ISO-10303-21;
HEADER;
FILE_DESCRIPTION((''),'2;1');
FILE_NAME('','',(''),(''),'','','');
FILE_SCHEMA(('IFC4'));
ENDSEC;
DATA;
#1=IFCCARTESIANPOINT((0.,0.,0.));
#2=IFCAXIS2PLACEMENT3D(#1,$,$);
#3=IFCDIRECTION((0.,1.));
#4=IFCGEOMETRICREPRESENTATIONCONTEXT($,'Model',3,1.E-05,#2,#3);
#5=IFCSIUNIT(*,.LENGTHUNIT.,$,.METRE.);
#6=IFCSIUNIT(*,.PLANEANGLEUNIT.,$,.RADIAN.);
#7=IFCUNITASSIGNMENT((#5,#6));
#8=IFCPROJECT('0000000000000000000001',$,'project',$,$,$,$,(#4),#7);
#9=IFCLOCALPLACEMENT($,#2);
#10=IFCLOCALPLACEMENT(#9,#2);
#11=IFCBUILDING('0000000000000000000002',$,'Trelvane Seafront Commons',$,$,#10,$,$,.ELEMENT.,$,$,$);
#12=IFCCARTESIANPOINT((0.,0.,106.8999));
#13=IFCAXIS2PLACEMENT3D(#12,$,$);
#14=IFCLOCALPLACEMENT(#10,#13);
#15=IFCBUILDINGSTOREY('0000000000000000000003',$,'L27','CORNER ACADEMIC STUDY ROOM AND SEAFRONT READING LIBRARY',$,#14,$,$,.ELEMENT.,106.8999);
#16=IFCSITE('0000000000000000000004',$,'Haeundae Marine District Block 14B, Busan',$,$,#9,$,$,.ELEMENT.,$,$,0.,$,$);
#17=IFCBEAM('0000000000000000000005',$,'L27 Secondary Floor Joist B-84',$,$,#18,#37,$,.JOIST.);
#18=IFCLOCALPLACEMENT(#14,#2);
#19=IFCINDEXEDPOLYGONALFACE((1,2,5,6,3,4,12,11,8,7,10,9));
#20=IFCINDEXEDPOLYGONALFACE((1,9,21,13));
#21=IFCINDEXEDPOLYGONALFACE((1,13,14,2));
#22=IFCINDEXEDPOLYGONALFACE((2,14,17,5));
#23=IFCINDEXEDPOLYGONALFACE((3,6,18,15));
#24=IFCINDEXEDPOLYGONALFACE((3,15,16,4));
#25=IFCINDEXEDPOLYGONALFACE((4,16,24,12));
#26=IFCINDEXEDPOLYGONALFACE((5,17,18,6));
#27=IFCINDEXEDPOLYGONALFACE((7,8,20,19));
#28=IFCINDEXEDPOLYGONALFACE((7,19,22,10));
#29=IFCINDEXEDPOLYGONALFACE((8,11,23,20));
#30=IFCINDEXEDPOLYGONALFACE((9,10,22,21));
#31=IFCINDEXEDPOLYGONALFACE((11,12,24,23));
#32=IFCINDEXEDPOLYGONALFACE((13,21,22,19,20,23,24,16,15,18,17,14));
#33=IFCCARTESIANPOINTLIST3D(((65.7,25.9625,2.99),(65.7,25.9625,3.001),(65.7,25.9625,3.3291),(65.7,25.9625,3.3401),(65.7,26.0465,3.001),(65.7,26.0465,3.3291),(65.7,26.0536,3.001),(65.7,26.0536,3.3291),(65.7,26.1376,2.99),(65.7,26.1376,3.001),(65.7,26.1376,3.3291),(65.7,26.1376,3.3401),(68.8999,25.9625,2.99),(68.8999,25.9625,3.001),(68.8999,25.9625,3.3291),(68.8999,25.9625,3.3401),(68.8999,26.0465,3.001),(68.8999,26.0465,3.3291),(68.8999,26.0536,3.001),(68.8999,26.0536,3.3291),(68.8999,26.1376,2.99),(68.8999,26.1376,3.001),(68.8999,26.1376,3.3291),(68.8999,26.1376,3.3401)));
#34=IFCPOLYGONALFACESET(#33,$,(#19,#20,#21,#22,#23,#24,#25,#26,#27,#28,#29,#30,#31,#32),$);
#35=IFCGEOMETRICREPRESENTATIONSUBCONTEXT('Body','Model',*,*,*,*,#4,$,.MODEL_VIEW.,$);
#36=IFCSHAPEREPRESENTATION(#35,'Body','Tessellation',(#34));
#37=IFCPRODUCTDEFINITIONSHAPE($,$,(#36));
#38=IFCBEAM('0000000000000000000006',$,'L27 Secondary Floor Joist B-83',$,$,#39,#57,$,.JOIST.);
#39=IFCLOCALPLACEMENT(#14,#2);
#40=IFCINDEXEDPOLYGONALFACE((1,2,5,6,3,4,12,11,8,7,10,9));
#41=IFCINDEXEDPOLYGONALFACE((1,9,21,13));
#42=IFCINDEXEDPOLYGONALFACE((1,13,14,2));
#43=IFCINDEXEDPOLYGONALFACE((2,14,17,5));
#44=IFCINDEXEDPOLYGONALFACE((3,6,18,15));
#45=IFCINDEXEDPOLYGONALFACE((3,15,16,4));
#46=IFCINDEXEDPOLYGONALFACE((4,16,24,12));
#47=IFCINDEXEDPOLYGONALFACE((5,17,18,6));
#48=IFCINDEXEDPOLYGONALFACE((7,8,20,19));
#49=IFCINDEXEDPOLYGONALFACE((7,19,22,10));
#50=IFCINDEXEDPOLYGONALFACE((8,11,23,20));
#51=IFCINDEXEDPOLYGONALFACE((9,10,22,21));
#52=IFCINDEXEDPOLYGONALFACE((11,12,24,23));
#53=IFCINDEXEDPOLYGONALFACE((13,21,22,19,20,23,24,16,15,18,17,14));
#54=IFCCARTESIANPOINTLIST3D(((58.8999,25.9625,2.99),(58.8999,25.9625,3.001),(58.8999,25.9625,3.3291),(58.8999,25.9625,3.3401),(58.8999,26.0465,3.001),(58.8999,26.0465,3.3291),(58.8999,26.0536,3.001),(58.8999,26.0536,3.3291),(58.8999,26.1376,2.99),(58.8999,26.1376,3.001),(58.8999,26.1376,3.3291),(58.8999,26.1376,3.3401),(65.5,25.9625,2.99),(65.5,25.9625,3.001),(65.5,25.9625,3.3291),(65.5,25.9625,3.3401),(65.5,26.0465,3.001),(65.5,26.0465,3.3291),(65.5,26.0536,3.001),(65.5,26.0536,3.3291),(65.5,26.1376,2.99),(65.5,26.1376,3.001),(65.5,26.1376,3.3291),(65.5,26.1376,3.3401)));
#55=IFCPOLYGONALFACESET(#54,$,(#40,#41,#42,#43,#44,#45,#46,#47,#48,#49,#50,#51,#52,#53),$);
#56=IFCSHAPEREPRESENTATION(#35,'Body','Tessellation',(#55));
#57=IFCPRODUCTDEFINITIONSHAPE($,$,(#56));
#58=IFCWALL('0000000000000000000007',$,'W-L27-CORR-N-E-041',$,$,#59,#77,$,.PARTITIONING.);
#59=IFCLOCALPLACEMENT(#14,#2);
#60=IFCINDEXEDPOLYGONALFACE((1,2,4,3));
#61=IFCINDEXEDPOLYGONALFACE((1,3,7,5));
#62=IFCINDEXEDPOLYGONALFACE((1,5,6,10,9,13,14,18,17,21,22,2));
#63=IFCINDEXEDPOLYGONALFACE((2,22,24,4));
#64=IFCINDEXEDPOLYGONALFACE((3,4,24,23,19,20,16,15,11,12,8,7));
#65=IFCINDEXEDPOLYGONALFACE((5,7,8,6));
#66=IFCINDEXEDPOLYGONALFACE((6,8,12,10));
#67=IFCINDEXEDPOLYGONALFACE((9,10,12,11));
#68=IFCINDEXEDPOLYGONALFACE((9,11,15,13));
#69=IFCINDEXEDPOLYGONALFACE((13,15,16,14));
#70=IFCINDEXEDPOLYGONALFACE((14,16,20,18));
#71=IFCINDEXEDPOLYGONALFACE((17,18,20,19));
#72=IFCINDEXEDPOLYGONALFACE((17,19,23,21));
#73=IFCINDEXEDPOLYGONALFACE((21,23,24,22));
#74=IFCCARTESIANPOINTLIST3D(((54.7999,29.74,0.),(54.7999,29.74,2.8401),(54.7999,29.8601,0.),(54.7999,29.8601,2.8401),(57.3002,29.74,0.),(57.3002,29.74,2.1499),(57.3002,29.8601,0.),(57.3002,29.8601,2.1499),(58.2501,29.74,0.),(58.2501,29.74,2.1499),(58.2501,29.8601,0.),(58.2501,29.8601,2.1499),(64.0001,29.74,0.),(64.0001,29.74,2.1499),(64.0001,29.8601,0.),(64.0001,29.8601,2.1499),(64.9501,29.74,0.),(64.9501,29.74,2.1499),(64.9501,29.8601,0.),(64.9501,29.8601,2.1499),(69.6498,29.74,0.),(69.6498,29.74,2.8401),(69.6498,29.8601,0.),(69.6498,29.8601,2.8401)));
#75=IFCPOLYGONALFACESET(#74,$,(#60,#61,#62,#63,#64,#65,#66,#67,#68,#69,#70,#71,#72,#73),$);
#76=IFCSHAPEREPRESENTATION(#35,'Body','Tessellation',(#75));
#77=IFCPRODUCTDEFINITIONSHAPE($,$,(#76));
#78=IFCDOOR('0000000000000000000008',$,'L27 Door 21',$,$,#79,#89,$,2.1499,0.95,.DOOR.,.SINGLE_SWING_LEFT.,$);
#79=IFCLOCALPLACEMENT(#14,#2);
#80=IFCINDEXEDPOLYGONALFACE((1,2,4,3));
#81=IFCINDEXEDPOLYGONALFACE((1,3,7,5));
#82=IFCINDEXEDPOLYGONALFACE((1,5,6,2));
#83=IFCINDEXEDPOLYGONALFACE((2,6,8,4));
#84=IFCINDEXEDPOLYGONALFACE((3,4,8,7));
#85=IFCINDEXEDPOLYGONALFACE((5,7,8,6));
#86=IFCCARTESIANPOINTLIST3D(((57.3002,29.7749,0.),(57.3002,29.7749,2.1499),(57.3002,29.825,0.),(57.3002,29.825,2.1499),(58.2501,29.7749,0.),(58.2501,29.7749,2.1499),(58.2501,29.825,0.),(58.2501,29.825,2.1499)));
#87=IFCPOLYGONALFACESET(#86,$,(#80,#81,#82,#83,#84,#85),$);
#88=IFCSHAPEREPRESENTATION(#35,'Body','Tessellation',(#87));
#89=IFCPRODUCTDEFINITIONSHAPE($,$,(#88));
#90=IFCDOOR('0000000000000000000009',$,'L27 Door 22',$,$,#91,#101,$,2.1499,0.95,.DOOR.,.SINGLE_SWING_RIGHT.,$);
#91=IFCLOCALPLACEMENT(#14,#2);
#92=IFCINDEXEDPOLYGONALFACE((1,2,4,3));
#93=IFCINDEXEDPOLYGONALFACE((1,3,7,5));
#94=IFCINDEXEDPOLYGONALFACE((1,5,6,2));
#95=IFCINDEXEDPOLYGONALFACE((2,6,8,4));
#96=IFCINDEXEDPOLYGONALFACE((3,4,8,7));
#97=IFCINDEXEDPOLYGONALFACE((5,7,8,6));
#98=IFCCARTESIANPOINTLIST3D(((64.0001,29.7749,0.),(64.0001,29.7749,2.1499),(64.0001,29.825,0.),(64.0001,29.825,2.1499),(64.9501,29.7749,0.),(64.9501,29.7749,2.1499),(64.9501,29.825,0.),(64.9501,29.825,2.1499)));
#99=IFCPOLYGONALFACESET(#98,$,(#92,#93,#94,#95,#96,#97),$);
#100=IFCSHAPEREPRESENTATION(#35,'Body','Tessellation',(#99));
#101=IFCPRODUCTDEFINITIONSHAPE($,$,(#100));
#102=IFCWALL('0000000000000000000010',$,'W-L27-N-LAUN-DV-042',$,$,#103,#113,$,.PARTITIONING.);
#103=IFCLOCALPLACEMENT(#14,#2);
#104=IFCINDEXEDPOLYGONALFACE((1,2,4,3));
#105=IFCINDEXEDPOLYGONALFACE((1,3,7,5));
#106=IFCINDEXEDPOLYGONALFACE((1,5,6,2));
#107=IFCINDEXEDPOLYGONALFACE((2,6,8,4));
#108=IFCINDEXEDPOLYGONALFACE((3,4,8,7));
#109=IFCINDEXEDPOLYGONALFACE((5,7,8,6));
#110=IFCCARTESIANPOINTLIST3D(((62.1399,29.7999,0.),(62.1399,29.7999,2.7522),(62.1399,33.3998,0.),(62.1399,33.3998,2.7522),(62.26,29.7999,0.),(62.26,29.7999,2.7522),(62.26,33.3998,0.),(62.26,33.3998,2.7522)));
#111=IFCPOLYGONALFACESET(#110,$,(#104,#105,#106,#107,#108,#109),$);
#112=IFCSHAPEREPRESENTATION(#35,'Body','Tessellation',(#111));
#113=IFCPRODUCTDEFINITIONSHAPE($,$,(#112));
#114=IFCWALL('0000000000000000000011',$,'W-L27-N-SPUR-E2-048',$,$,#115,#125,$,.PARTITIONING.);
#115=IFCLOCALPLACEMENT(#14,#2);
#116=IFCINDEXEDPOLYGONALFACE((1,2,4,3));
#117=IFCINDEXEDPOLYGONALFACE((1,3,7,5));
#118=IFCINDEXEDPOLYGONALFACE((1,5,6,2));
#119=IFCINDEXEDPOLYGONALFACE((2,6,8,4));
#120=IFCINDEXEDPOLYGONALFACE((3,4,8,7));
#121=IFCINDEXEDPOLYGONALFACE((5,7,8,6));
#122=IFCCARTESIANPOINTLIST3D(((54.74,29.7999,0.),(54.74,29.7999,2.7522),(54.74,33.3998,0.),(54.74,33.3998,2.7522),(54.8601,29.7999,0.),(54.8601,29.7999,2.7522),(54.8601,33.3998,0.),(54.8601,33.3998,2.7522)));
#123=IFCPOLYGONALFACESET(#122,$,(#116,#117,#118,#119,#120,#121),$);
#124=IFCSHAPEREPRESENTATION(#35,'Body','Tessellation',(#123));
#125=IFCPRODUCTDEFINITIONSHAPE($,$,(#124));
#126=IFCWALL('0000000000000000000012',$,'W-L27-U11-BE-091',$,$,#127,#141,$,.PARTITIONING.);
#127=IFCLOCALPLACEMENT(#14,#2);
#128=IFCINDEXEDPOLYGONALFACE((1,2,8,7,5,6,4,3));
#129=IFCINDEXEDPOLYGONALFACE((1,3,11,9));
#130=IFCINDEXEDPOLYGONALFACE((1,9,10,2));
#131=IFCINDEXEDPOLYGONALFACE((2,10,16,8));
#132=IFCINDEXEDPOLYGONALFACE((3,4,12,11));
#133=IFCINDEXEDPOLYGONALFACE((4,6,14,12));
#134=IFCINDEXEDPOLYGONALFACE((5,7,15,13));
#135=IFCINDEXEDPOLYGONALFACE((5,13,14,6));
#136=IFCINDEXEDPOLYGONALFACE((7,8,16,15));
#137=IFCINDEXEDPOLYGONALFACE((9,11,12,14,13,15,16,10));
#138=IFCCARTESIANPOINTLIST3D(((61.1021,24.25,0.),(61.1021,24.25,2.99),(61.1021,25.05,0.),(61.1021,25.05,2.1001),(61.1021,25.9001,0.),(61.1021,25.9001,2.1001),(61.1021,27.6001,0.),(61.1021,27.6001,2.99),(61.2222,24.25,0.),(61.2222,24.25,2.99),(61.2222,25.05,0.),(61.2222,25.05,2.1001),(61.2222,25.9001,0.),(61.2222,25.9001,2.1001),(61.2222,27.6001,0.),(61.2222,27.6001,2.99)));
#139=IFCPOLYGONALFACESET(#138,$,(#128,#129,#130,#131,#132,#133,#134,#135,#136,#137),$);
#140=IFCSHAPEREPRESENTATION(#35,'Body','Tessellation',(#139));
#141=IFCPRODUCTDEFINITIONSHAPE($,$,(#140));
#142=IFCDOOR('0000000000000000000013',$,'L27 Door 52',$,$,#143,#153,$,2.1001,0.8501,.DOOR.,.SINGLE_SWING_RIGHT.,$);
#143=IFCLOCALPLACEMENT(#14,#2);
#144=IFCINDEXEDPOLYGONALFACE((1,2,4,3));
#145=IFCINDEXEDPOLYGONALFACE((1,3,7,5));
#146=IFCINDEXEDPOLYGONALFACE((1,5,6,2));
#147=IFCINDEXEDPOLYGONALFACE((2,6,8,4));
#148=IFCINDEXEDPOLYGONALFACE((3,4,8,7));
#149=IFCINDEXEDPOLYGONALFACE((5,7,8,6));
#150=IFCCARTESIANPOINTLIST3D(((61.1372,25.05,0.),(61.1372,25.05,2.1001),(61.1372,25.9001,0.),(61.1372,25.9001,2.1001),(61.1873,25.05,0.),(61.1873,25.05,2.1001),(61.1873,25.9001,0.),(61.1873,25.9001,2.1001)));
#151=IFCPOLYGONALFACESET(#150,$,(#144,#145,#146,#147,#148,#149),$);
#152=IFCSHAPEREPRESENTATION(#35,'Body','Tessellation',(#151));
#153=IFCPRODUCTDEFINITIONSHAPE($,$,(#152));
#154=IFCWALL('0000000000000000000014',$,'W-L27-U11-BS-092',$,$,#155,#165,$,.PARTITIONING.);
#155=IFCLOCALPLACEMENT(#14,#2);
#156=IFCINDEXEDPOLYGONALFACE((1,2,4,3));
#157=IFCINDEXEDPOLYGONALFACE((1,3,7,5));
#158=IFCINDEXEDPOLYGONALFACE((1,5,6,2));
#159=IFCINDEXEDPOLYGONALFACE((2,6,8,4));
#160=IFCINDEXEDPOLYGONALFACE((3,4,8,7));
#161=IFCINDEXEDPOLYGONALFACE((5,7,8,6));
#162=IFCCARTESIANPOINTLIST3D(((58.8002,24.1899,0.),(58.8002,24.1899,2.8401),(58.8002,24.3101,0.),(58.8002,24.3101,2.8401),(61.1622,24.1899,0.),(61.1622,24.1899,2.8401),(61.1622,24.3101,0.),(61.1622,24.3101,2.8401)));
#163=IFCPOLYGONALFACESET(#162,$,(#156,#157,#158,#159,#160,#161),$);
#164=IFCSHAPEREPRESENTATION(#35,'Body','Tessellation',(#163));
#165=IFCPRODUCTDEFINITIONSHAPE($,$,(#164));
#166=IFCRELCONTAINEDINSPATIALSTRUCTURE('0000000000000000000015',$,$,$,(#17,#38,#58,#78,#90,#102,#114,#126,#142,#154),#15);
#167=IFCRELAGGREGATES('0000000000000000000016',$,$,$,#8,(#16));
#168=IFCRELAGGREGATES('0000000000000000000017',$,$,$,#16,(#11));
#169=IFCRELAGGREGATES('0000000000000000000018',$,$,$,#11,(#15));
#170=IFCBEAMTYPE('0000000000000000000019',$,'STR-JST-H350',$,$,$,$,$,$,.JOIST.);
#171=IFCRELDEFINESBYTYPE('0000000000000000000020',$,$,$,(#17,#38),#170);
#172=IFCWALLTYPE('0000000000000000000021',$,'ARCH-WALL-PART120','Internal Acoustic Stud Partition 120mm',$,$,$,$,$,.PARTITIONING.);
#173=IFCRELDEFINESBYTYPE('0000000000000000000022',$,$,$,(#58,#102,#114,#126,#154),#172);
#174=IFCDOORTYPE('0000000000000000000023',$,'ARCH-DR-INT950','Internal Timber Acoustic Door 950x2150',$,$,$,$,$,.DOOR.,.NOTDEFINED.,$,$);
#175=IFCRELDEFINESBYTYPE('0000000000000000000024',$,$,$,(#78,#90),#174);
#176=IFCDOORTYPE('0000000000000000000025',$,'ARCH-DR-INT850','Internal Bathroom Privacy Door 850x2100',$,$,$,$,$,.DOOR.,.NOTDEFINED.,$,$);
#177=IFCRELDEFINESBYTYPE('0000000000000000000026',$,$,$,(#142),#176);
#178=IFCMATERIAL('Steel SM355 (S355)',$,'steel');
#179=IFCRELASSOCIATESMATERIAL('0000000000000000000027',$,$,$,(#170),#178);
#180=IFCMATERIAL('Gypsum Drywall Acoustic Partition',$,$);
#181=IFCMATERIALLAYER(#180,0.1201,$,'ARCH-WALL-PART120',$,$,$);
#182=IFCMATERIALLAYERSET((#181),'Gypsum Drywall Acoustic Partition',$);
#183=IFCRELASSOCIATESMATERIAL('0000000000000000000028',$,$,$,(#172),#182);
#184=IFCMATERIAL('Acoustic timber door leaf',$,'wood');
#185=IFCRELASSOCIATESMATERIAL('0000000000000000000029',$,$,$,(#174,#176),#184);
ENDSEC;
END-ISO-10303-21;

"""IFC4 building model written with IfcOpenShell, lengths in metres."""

from ifc_helpers import new_model, si_unit, direction, frame, frame_2d, origin, origin_2d, place, context, subcontext, project, spatial, rectangle, i_section, extrude, source, transform, mapped, material, layer, layer_set, material_profile, profile_set, type_object, element, fill, save


model = new_model("IFC4")

# Units and contexts
model_context = context("Model", 3, precision=1e-05, world=origin(), true_north=direction((0.0, 1.0)))
body_context = subcontext(model_context, "Body", "Model", "MODEL_VIEW")
ifc_project = project(units=[si_unit("LENGTHUNIT", "METRE"), si_unit("PLANEANGLEUNIT", "RADIAN")], contexts=[model_context])

# Site, building, storey
site_placement = place(None, origin())
site = spatial("IfcSite", under=ifc_project, at=site_placement, Name="Haeundae Marine District Block 14B, Busan", CompositionType="ELEMENT", RefElevation=0.0)
building_placement = place(site_placement, origin())
building = spatial("IfcBuilding", under=site, at=building_placement, Name="Trelvane Seafront Commons", CompositionType="ELEMENT")
storey_placement = place(building_placement, frame((0.0, 0.0, 106.8999)))
storey = spatial("IfcBuildingStorey", under=building, at=storey_placement, Name="L27", Description="CORNER ACADEMIC STUDY ROOM AND SEAFRONT READING LIBRARY", CompositionType="ELEMENT", Elevation=106.8999)

# Beams
ifc_material_1 = material(Name="Steel SM355 (S355)", Category="steel")
ifc_material_profile = material_profile(ifc_material_1, i_section(OverallWidth=0.175, OverallDepth=0.3501, WebThickness=0.0071, FlangeThickness=0.011, at=origin_2d()), Name="H-350x175x7x11")
ifc_profile_set = profile_set([ifc_material_profile], Name="Steel SM355 (S355)")
beam_type = type_object("IfcBeamType", Name="STR-JST-H350", PredefinedType="JOIST", material=ifc_profile_set)
shared_shape_1 = source(origin(), body_context, "Body", "SweptSolid", [
    extrude(i_section(OverallWidth=0.175, OverallDepth=0.3501, WebThickness=0.0071, FlangeThickness=0.011, at=origin_2d()), origin(), (0.0, 0.0, 1.0), 3.2),
])
beam_1_placement = place(storey_placement, frame((65.7, 26.05, 3.165), z_axis=(1.0, 0.0, 0.0), x_axis=(0.0, 1.0, 0.0)))
element("IfcBeam", 1, at=beam_1_placement, inside=storey, type_object=beam_type, Name="L27 Secondary Floor Joist B-84", PredefinedType="JOIST", context=body_context, shape_type="MappedRepresentation", body=[
    mapped(shared_shape_1, transform((0.0, 0.0, 0.0), x_axis=(1.0, 0.0, 0.0), y_axis=(0.0, 1.0, 0.0), z_axis=(0.0, 0.0, 1.0), scale=1.0)),
])
shared_shape_2 = source(origin(), body_context, "Body", "SweptSolid", [
    extrude(i_section(OverallWidth=0.175, OverallDepth=0.3501, WebThickness=0.0071, FlangeThickness=0.011, at=origin_2d()), origin(), (0.0, 0.0, 1.0), 6.6001),
])
beam_2_placement = place(storey_placement, frame((58.8999, 26.05, 3.165), z_axis=(1.0, 0.0, 0.0), x_axis=(0.0, 1.0, 0.0)))
element("IfcBeam", 2, at=beam_2_placement, inside=storey, type_object=beam_type, Name="L27 Secondary Floor Joist B-83", PredefinedType="JOIST", context=body_context, shape_type="MappedRepresentation", body=[
    mapped(shared_shape_2, transform((0.0, 0.0, 0.0), x_axis=(1.0, 0.0, 0.0), y_axis=(0.0, 1.0, 0.0), z_axis=(0.0, 0.0, 1.0), scale=1.0)),
])

# Wall, openings, doors
ifc_material_2 = material(Name="Gypsum Drywall Acoustic Partition")
ifc_layer_1 = layer(ifc_material_2, 0.1201, Name="ARCH-WALL-PART120")
ifc_layer_set_1 = layer_set([ifc_layer_1], Name="Gypsum Drywall Acoustic Partition")
wall_type_1 = type_object("IfcWallType", Name="ARCH-WALL-PART120", Description="Internal Acoustic Stud Partition 120mm", PredefinedType="PARTITIONING", material=ifc_layer_set_1)
wall_1_placement = place(storey_placement, frame((54.8, 29.8, 0.0), z_axis=(0.0, 0.0, 1.0), x_axis=(1.0, 0.0, 0.0)))
wall_1 = element("IfcWall", 3, at=wall_1_placement, inside=storey, type_object=wall_type_1, Name="W-L27-CORR-N-E-041", PredefinedType="PARTITIONING", context=body_context, shape_type="SweptSolid", body=[
    extrude(rectangle(XDim=14.8499, YDim=0.1201, at=frame_2d((7.4248, 0.0))), origin(), (0.0, 0.0, 1.0), 2.8401),
])
opening_1_placement = place(wall_1_placement, frame((2.5, 0.0, 0.0)))
opening_1 = element("IfcOpeningElement", 4, at=opening_1_placement, cuts=wall_1, PredefinedType="OPENING", context=body_context, shape_type="SweptSolid", body=[
    extrude(rectangle(XDim=0.95, YDim=2.1499, at=frame_2d((0.4751, 1.075))), frame((0.0, 0.0701, 0.0), z_axis=(0.0, -1.0, 0.0), x_axis=(1.0, 0.0, 0.0)), (0.0, 0.0, 1.0), 0.1401),
])
opening_2_placement = place(wall_1_placement, frame((9.2, 0.0, 0.0)))
opening_2 = element("IfcOpeningElement", 5, at=opening_2_placement, cuts=wall_1, PredefinedType="OPENING", context=body_context, shape_type="SweptSolid", body=[
    extrude(rectangle(XDim=0.95, YDim=2.1499, at=frame_2d((0.4751, 1.075))), frame((0.0, 0.0701, 0.0), z_axis=(0.0, -1.0, 0.0), x_axis=(1.0, 0.0, 0.0)), (0.0, 0.0, 1.0), 0.1401),
])
ifc_material_3 = material(Name="Acoustic timber door leaf", Category="wood")
door_type_1 = type_object("IfcDoorType", Name="ARCH-DR-INT950", Description="Internal Timber Acoustic Door 950x2150", OperationType="NOTDEFINED", PredefinedType="DOOR", material=ifc_material_3)
shared_shape_3 = source(origin(), body_context, "Body", "SweptSolid", [
    extrude(rectangle(XDim=0.95, YDim=2.1499, at=frame_2d((0.4751, 1.075))), frame((0.0, 0.0249, 0.0), z_axis=(0.0, -1.0, 0.0), x_axis=(1.0, 0.0, 0.0)), (0.0, 0.0, 1.0), 0.05),
])
door_1_placement = place(opening_1_placement, origin())
door_1 = element("IfcDoor", 6, at=door_1_placement, inside=storey, type_object=door_type_1, Name="L27 Door 21", OperationType="SINGLE_SWING_LEFT", OverallHeight=2.1499, OverallWidth=0.95, PredefinedType="DOOR", context=body_context, shape_type="MappedRepresentation", body=[
    mapped(shared_shape_3, transform((0.0, 0.0, 0.0), x_axis=(1.0, 0.0, 0.0), y_axis=(0.0, 1.0, 0.0), z_axis=(0.0, 0.0, 1.0), scale=1.0)),
])
fill(opening_1, door_1)
door_2_placement = place(opening_2_placement, origin())
door_2 = element("IfcDoor", 7, at=door_2_placement, inside=storey, type_object=door_type_1, Name="L27 Door 22", OperationType="SINGLE_SWING_RIGHT", OverallHeight=2.1499, OverallWidth=0.95, PredefinedType="DOOR", context=body_context, shape_type="MappedRepresentation", body=[
    mapped(shared_shape_3, transform((0.0, 0.0, 0.0), x_axis=(1.0, 0.0, 0.0), y_axis=(0.0, 1.0, 0.0), z_axis=(0.0, 0.0, 1.0), scale=1.0)),
])
fill(opening_2, door_2)

# Walls
for number, where, z_axis, x_axis, name in (
    (8, (62.2, 29.8, 0.0), (0.0, 0.0, 1.0), (0.0, 1.0, 0.0), "W-L27-N-LAUN-DV-042"),
    (9, (54.8, 29.8, 0.0), (0.0, 0.0, 1.0), (0.0, 1.0, 0.0), "W-L27-N-SPUR-E2-048"),
):
    element("IfcWall", number, at=place(storey_placement, frame(where, z_axis=z_axis, x_axis=x_axis)), inside=storey, type_object=wall_type_1, Name=name, PredefinedType="PARTITIONING", context=body_context, shape_type="SweptSolid", body=[
        extrude(rectangle(XDim=3.5999, YDim=0.1201, at=frame_2d((1.7998, 0.0))), origin(), (0.0, 0.0, 1.0), 2.7522),
    ])

# Wall, opening, door
wall_2_placement = place(storey_placement, frame((61.1621, 24.25, 0.0), z_axis=(0.0, 0.0, 1.0), x_axis=(0.0, 1.0, 0.0)))
wall_2 = element("IfcWall", 10, at=wall_2_placement, inside=storey, type_object=wall_type_1, Name="W-L27-U11-BE-091", PredefinedType="PARTITIONING", context=body_context, shape_type="SweptSolid", body=[
    extrude(rectangle(XDim=3.3501, YDim=0.1201, at=frame_2d((1.675, 0.0))), origin(), (0.0, 0.0, 1.0), 2.99),
])
opening_3_placement = place(wall_2_placement, frame((0.8, 0.0, 0.0)))
opening_3 = element("IfcOpeningElement", 11, at=opening_3_placement, cuts=wall_2, PredefinedType="OPENING", context=body_context, shape_type="SweptSolid", body=[
    extrude(rectangle(XDim=0.8501, YDim=2.1001, at=frame_2d((0.425, 1.05))), frame((0.0, 0.0701, 0.0), z_axis=(0.0, -1.0, 0.0), x_axis=(1.0, 0.0, 0.0)), (0.0, 0.0, 1.0), 0.1401),
])
door_type_2 = type_object("IfcDoorType", Name="ARCH-DR-INT850", Description="Internal Bathroom Privacy Door 850x2100", OperationType="NOTDEFINED", PredefinedType="DOOR", material=ifc_material_3)
shared_shape_4 = source(origin(), body_context, "Body", "SweptSolid", [
    extrude(rectangle(XDim=0.8501, YDim=2.1001, at=frame_2d((0.425, 1.05))), frame((0.0, 0.0249, 0.0), z_axis=(0.0, -1.0, 0.0), x_axis=(1.0, 0.0, 0.0)), (0.0, 0.0, 1.0), 0.05),
])
door_3_placement = place(opening_3_placement, origin())
door_3 = element("IfcDoor", 12, at=door_3_placement, inside=storey, type_object=door_type_2, Name="L27 Door 52", OperationType="SINGLE_SWING_RIGHT", OverallHeight=2.1001, OverallWidth=0.8501, PredefinedType="DOOR", context=body_context, shape_type="MappedRepresentation", body=[
    mapped(shared_shape_4, transform((0.0, 0.0, 0.0), x_axis=(1.0, 0.0, 0.0), y_axis=(0.0, 1.0, 0.0), z_axis=(0.0, 0.0, 1.0), scale=1.0)),
])
fill(opening_3, door_3)

# Wall
wall_3_placement = place(storey_placement, frame((58.8, 24.25, 0.0), z_axis=(0.0, 0.0, 1.0), x_axis=(1.0, 0.0, 0.0)))
element("IfcWall", 13, at=wall_3_placement, inside=storey, type_object=wall_type_1, Name="W-L27-U11-BS-092", PredefinedType="PARTITIONING", context=body_context, shape_type="SweptSolid", body=[
    extrude(rectangle(XDim=2.3621, YDim=0.1201, at=frame_2d((1.1812, 0.0))), origin(), (0.0, 0.0, 1.0), 2.8401),
])

save(model, "model.ifc")
